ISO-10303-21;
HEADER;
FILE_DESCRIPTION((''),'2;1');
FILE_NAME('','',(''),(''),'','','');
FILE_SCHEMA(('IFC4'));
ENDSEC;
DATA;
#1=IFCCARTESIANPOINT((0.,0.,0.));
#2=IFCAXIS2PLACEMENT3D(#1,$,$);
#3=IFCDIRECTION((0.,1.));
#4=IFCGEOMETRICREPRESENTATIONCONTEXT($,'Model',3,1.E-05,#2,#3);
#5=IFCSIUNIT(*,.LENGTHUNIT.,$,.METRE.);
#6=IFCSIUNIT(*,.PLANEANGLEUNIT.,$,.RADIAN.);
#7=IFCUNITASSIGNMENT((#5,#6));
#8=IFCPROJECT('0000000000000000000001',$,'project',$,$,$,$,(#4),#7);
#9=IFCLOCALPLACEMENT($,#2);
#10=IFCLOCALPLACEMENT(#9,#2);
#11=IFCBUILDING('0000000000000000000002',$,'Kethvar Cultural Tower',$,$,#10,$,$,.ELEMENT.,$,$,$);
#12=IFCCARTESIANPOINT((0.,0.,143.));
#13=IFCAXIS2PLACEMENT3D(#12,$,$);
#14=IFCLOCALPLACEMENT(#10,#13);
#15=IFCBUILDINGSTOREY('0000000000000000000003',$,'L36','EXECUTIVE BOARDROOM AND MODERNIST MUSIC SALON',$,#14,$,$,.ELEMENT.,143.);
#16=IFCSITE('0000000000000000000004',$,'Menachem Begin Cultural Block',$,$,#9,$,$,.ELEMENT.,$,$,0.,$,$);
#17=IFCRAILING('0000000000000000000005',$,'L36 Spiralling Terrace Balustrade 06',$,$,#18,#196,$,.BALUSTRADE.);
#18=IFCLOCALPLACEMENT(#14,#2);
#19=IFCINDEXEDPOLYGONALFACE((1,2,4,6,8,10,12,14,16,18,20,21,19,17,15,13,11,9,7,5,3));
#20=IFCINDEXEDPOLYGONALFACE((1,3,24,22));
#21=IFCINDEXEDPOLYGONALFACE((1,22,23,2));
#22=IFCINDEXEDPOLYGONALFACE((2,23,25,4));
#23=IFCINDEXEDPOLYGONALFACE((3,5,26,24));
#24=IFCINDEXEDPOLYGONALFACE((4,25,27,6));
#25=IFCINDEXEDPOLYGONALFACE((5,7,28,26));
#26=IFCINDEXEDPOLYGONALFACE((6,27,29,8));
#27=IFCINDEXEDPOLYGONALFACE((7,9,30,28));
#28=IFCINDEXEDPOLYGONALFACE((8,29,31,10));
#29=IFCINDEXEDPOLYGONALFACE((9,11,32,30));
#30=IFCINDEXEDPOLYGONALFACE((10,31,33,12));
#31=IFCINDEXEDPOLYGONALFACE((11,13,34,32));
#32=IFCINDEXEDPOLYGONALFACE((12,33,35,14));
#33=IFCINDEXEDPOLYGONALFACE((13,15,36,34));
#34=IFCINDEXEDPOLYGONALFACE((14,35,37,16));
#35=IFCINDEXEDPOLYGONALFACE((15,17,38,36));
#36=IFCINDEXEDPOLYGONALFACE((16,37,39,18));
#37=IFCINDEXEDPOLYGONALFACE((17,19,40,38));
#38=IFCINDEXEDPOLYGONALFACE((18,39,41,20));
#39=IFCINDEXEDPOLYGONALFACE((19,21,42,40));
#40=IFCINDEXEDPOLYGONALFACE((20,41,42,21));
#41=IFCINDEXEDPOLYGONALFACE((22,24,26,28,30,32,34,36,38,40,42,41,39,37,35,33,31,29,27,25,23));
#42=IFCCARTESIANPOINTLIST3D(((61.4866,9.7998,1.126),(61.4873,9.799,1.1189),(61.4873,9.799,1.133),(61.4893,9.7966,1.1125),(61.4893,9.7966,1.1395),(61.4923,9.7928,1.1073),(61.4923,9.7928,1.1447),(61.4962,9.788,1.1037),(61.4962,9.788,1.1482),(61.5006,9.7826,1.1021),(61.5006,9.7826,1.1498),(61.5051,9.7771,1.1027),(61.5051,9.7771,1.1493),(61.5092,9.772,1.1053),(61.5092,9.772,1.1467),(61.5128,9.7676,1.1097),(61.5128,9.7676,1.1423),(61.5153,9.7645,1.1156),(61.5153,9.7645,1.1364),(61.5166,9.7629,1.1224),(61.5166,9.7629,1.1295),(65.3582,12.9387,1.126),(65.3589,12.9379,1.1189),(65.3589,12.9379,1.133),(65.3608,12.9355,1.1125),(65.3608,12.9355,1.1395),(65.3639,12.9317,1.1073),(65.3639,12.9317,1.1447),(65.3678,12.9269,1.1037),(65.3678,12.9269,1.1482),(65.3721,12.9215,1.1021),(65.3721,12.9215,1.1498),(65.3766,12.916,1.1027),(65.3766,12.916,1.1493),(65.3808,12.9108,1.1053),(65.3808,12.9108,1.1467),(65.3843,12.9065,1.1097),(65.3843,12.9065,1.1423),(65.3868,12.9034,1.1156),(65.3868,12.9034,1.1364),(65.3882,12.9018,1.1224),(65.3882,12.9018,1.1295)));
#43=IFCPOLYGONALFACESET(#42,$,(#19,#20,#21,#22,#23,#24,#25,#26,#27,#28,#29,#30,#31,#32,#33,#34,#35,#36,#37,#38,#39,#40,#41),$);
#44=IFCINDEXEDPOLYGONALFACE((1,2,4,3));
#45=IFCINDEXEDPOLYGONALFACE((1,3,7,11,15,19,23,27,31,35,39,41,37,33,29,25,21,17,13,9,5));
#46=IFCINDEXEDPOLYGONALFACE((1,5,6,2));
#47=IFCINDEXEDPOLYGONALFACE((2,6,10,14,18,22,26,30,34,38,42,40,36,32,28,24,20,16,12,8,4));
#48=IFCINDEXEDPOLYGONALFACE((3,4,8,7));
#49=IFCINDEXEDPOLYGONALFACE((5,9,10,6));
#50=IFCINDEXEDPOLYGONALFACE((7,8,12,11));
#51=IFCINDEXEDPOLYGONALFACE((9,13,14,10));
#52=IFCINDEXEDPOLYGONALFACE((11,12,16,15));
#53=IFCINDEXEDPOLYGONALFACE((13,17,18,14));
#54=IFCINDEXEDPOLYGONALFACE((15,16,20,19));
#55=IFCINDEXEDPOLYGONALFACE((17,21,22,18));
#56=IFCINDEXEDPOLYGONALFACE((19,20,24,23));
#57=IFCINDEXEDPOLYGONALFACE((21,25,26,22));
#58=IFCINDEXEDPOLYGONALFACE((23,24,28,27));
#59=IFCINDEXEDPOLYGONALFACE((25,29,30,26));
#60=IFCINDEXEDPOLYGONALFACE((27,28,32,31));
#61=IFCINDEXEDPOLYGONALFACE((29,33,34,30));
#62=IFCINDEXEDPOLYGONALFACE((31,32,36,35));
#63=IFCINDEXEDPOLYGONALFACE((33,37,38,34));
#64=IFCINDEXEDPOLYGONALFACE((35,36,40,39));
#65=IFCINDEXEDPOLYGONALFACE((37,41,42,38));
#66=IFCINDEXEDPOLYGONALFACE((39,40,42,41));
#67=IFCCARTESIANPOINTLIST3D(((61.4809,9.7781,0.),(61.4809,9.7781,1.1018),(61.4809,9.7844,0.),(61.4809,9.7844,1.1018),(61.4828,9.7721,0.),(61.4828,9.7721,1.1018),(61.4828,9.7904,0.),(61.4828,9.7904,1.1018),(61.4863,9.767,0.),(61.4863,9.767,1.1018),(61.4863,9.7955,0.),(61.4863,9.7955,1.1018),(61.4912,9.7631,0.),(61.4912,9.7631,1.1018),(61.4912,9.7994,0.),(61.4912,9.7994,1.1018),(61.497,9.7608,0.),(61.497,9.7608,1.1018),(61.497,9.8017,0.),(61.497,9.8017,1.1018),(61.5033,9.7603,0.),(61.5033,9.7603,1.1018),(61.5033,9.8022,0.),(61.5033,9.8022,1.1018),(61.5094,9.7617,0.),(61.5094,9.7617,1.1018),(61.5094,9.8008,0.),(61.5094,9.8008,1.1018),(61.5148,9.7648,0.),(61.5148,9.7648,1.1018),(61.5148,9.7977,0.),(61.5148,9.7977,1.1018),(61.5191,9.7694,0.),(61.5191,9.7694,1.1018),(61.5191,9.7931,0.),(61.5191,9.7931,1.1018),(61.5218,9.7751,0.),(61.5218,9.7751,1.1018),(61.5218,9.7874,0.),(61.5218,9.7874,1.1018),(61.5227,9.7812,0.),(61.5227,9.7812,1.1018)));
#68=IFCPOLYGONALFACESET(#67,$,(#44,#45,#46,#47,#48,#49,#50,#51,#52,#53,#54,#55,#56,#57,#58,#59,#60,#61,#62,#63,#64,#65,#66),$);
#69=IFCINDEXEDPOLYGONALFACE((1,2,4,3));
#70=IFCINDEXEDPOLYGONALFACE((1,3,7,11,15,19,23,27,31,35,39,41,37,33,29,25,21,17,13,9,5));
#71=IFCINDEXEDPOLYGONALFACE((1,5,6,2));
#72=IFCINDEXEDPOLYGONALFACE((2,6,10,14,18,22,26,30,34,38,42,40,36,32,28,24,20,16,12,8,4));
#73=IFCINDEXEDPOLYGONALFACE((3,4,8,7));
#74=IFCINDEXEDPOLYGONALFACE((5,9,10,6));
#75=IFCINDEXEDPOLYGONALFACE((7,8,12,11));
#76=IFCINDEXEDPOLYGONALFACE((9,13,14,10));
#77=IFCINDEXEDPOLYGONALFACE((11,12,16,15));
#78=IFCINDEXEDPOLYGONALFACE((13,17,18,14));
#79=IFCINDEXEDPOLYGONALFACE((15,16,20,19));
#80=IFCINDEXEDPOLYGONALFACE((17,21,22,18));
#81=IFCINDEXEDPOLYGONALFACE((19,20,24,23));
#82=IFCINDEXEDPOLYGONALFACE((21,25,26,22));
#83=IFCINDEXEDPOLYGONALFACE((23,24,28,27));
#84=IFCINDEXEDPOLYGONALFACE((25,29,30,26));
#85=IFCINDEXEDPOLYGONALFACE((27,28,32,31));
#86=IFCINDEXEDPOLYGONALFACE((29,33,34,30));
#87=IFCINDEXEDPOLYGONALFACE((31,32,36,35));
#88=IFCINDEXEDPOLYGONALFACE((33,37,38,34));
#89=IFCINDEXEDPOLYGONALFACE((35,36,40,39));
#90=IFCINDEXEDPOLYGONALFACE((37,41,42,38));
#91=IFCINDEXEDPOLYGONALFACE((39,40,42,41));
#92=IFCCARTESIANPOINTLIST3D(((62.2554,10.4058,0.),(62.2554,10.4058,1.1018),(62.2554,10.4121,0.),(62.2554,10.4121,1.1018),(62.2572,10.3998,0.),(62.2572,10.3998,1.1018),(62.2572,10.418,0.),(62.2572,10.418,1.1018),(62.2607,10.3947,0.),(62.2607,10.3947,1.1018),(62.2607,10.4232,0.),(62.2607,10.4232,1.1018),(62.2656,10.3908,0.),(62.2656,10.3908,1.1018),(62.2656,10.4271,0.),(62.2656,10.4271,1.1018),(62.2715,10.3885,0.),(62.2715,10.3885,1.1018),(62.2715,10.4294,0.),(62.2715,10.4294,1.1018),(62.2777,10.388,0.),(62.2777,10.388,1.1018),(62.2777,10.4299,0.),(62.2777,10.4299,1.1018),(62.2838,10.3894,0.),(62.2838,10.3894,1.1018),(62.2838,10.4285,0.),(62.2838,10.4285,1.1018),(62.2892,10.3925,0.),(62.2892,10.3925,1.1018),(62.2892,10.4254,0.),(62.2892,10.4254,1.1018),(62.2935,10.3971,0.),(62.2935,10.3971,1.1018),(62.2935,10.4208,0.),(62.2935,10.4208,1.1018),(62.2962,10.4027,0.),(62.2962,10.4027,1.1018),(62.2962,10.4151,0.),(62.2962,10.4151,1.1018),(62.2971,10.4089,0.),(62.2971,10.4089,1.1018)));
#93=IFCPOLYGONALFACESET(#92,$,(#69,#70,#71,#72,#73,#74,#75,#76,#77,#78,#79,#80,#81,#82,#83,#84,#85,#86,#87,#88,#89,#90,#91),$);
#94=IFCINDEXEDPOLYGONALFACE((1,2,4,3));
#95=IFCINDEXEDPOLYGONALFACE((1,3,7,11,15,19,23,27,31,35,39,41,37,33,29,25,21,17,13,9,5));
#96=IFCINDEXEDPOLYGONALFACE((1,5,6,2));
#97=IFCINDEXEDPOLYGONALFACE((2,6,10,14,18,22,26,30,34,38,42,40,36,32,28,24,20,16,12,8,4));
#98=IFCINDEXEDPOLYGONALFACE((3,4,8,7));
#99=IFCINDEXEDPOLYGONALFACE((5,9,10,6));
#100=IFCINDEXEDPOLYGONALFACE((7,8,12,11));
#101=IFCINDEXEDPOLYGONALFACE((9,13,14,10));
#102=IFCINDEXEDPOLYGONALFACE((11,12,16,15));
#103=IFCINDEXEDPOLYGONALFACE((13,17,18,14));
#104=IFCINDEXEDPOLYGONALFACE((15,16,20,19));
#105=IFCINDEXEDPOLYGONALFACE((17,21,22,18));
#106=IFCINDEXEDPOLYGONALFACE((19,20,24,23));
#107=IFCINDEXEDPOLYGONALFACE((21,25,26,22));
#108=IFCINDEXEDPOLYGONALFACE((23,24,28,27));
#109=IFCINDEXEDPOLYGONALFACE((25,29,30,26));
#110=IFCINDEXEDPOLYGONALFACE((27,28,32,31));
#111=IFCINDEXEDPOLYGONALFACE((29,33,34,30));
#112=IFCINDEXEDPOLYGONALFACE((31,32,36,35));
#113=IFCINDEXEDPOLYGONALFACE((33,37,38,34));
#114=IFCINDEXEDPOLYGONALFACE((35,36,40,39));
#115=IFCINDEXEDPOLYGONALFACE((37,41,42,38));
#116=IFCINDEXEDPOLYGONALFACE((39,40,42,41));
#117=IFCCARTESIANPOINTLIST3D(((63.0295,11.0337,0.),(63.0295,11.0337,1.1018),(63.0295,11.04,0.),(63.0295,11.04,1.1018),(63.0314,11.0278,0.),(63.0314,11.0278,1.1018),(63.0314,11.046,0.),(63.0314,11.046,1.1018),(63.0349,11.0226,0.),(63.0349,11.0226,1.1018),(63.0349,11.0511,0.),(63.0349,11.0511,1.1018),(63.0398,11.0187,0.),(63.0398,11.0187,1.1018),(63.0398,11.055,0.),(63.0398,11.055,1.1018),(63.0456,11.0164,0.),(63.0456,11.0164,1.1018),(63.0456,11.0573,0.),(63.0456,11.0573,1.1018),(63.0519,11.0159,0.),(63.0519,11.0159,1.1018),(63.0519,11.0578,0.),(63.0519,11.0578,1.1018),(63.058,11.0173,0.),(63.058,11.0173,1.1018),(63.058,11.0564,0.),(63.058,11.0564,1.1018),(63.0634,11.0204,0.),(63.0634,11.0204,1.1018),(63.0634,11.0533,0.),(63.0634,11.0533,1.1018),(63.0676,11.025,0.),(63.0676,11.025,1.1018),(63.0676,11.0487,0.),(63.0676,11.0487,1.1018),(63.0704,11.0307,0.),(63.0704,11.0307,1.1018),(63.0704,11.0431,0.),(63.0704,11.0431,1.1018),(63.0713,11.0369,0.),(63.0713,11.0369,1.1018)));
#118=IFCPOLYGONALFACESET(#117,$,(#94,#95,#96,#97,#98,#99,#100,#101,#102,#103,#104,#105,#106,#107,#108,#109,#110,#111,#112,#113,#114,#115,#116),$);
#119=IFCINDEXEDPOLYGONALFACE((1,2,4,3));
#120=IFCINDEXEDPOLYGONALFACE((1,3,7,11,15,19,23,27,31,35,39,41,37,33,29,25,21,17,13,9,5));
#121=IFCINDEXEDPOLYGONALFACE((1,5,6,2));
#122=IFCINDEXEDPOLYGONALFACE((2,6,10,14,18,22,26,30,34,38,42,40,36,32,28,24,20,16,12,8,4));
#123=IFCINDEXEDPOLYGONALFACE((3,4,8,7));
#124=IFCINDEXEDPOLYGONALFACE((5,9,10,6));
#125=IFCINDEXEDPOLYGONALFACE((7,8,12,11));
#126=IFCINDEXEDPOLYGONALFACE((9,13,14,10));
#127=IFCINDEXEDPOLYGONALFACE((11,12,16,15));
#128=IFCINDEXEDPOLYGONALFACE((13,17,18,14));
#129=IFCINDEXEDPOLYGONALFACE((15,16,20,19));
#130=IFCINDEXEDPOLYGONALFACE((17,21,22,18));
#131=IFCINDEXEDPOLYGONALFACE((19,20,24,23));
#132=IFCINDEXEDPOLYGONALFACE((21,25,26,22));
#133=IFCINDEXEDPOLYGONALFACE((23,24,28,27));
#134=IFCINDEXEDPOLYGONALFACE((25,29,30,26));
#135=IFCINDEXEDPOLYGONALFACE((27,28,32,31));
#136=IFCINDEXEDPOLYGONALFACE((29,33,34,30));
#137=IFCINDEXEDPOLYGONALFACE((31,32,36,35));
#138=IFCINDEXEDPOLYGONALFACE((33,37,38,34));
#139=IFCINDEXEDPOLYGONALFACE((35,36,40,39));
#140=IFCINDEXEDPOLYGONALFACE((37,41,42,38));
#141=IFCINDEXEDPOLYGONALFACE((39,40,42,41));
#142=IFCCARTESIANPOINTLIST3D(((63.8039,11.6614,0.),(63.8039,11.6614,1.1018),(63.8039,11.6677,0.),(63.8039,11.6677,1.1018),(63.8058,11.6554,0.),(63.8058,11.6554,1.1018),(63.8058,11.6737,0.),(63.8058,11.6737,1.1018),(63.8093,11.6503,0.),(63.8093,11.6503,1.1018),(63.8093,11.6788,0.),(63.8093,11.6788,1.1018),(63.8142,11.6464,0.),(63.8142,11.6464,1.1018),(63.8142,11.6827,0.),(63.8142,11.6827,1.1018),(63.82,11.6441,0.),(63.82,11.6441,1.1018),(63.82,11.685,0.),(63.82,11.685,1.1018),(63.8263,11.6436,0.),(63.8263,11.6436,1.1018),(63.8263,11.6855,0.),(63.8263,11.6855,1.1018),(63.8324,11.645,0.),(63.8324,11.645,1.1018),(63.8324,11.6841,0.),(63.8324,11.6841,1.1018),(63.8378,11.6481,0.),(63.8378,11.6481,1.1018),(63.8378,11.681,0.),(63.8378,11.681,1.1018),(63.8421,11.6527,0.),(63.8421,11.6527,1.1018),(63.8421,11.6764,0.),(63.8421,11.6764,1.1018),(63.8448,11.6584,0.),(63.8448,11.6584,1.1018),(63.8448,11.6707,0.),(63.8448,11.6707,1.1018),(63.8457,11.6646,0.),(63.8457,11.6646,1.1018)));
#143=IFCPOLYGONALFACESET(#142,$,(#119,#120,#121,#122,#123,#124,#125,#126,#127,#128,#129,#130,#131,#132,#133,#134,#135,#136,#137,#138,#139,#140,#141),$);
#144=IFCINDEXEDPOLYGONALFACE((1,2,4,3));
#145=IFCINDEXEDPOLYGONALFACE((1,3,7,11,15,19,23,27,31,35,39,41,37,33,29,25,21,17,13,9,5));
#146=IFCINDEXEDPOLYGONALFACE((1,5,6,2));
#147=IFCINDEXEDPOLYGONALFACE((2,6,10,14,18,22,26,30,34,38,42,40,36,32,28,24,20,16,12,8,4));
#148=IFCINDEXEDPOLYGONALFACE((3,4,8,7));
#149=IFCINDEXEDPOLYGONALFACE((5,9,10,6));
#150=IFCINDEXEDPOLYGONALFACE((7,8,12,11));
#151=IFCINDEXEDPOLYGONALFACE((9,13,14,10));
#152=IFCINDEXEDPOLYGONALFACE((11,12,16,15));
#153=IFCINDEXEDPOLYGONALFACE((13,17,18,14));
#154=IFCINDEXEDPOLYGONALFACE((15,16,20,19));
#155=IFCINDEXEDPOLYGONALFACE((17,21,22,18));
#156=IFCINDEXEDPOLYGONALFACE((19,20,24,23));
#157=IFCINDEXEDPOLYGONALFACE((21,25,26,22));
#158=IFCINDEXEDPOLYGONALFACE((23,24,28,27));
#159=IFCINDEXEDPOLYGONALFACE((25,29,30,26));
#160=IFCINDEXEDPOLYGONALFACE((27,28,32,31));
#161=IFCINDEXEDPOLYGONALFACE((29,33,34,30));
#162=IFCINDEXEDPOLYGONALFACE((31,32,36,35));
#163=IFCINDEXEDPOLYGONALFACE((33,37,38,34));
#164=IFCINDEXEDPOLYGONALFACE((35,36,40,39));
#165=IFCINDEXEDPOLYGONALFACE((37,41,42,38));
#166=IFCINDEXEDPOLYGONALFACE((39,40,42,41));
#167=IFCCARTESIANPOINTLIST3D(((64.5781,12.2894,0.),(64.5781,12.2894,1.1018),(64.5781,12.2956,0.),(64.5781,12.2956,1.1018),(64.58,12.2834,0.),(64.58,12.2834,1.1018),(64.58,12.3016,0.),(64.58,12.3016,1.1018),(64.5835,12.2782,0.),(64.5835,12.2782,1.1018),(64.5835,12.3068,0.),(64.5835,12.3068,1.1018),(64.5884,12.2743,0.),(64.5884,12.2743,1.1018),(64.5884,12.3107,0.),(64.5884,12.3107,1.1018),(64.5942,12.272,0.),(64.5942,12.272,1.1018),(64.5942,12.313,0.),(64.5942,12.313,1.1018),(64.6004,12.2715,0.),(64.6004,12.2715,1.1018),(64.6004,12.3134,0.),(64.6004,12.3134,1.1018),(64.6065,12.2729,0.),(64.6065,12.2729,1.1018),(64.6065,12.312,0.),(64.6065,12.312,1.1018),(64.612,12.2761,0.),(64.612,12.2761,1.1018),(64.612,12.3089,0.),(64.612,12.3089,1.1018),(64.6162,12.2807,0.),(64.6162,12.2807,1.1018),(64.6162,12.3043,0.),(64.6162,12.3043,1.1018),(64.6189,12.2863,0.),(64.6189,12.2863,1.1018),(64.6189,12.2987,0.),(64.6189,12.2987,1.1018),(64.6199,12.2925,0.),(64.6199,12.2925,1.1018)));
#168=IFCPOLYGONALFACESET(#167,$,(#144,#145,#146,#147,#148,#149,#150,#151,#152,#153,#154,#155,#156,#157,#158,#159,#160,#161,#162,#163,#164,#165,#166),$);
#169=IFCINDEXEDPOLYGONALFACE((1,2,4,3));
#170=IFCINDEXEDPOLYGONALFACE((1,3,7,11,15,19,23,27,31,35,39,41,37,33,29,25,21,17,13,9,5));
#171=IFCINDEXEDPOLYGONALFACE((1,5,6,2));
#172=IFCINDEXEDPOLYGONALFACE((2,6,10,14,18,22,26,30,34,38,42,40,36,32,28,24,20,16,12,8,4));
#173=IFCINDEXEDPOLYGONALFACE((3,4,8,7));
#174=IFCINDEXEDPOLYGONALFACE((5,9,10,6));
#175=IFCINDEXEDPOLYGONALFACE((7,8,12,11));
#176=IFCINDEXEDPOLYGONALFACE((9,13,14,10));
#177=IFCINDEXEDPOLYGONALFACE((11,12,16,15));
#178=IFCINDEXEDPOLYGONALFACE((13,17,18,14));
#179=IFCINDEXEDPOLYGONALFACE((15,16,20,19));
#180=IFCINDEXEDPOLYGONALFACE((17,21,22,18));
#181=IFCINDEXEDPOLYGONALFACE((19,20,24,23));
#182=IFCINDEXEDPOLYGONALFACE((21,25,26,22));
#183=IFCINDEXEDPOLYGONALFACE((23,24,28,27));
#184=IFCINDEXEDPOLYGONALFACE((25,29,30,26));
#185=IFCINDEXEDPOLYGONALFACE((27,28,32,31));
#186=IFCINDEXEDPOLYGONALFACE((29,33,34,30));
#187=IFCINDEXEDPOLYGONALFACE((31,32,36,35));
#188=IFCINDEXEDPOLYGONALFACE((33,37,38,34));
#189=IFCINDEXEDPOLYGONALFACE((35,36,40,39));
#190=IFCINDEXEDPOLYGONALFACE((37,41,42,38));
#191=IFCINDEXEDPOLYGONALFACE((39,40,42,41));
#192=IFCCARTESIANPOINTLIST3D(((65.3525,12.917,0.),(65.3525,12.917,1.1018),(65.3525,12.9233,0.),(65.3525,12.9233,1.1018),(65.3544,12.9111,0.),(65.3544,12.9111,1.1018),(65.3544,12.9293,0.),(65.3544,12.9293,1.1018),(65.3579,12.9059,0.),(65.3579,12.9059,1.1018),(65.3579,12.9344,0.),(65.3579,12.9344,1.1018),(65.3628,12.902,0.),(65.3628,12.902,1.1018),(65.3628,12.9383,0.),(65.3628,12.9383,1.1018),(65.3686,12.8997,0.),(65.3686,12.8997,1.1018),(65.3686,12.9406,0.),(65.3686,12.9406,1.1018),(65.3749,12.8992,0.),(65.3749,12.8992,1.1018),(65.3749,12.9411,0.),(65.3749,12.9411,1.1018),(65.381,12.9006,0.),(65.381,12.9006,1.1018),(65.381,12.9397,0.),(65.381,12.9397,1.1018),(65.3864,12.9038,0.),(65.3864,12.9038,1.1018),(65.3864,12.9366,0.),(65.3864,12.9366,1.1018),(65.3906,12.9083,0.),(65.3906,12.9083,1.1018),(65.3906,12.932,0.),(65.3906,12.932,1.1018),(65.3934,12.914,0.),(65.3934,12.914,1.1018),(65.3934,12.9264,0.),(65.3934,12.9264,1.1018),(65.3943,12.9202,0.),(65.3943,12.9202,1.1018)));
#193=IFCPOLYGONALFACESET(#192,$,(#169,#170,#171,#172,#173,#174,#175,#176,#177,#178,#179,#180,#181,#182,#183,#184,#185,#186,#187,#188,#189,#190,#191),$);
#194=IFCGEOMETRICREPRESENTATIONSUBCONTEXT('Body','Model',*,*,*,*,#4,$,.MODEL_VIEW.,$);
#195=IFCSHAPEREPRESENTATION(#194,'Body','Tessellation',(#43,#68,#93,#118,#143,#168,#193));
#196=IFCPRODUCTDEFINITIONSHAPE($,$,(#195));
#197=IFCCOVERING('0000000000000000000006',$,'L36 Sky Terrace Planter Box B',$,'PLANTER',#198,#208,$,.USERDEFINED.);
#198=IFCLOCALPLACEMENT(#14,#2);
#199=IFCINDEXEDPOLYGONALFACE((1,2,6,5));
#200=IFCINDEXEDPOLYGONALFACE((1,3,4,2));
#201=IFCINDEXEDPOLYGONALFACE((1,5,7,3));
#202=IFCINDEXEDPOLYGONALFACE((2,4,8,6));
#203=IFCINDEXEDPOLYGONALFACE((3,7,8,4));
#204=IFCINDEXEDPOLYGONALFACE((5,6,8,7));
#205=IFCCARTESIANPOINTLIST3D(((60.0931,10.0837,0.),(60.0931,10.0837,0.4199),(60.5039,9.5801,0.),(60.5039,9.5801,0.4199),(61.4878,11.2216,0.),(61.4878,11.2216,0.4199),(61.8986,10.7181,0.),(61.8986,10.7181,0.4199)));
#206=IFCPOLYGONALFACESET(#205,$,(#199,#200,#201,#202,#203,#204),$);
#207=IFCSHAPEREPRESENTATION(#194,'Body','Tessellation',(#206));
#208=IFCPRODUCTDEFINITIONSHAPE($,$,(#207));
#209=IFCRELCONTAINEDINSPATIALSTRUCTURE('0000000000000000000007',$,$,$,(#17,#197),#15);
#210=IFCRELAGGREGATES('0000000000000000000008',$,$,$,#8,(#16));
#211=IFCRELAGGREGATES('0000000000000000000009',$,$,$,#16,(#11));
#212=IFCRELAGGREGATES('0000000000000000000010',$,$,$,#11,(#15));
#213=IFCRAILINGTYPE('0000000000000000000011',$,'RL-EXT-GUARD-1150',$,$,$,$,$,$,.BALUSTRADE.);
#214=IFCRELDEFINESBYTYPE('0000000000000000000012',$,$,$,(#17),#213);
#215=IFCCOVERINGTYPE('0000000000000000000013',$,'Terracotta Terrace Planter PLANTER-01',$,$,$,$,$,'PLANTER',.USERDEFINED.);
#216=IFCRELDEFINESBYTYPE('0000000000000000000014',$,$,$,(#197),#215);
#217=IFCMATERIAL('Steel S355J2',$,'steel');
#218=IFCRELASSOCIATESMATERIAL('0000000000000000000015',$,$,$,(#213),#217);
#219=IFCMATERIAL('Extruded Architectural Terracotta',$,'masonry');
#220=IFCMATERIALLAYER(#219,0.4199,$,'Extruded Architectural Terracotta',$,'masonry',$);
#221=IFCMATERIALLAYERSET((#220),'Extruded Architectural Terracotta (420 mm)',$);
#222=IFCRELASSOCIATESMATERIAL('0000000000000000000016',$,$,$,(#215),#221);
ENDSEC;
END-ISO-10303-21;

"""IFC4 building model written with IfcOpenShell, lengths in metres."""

from ifc_helpers import new_model, si_unit, direction, frame, origin, origin_2d, place, context, subcontext, project, spatial, rectangle, circle, extrude, source, transform, mapped, material, layer, layer_set, type_object, element, save


model = new_model("IFC4")

# Units and contexts
model_context = context("Model", 3, precision=1e-05, world=origin(), true_north=direction((0.0, 1.0)))
body_context = subcontext(model_context, "Body", "Model", "MODEL_VIEW")
ifc_project = project(units=[si_unit("LENGTHUNIT", "METRE"), si_unit("PLANEANGLEUNIT", "RADIAN")], contexts=[model_context])

# Site, building, storey
site_placement = place(None, origin())
site = spatial("IfcSite", under=ifc_project, at=site_placement, Name="Menachem Begin Cultural Block", CompositionType="ELEMENT", RefElevation=0.0)
building_placement = place(site_placement, origin())
building = spatial("IfcBuilding", under=site, at=building_placement, Name="Kethvar Cultural Tower", CompositionType="ELEMENT")
storey_placement = place(building_placement, frame((0.0, 0.0, 143.0)))
storey = spatial("IfcBuildingStorey", under=building, at=storey_placement, Name="L36", Description="EXECUTIVE BOARDROOM AND MODERNIST MUSIC SALON", CompositionType="ELEMENT", Elevation=143.0)

# Shared definitions
ifc_material_1 = material(Name="Steel S355J2", Category="steel")

# Railing
railing_type = type_object("IfcRailingType", Name="RL-EXT-GUARD-1150", PredefinedType="BALUSTRADE", material=ifc_material_1)
railing_1_placement = place(storey_placement, frame((61.5017, 9.7812, 0.0)))
element("IfcRailing", 1, at=railing_1_placement, inside=storey, type_object=railing_type, Name="L36 Spiralling Terrace Balustrade 06", PredefinedType="BALUSTRADE", context=body_context, shape_type="SweptSolid", body=[
    extrude(circle(Radius=0.0239, at=origin_2d()), frame((0.0, 0.0, 1.126), z_axis=(0.776776, 0.629777, 0.0), x_axis=(-0.629777, 0.776776, 0.0)), (0.0, 0.0, 1.0), 4.9841),
    extrude(circle(Radius=0.021, at=origin_2d()), origin(), (0.0, 0.0, 1.0), 1.1018),
    extrude(circle(Radius=0.021, at=origin_2d()), frame((0.7744, 0.6277, 0.0)), (0.0, 0.0, 1.0), 1.1018),
    extrude(circle(Radius=0.021, at=origin_2d()), frame((1.5486, 1.2556, 0.0)), (0.0, 0.0, 1.0), 1.1018),
    extrude(circle(Radius=0.021, at=origin_2d()), frame((2.323, 1.8833, 0.0)), (0.0, 0.0, 1.0), 1.1018),
    extrude(circle(Radius=0.021, at=origin_2d()), frame((3.0972, 2.5112, 0.0)), (0.0, 0.0, 1.0), 1.1018),
    extrude(circle(Radius=0.021, at=origin_2d()), frame((3.8716, 3.1389, 0.0)), (0.0, 0.0, 1.0), 1.1018),
])

# Covering
ifc_material_2 = material(Name="Extruded Architectural Terracotta", Category="masonry")
ifc_layer_1 = layer(ifc_material_2, 0.4199, Name="Extruded Architectural Terracotta", Category="masonry")
ifc_layer_set_1 = layer_set([ifc_layer_1], Name="Extruded Architectural Terracotta (420 mm)")
covering_type_1 = type_object("IfcCoveringType", Name="Terracotta Terrace Planter PLANTER-01", ElementType="PLANTER", PredefinedType="USERDEFINED", material=ifc_layer_set_1)
shared_shape_1 = source(origin(), body_context, "Body", "SweptSolid", [
    extrude(rectangle(XDim=1.8, YDim=0.6499, at=origin_2d()), origin(), (0.0, 0.0, 1.0), 0.4199),
])
covering_placement = place(storey_placement, frame((60.9958, 10.4009, 0.0), z_axis=(0.0, 0.0, 1.0), x_axis=(0.774834, 0.632165, 0.0)))
element("IfcCovering", 2, at=covering_placement, inside=storey, type_object=covering_type_1, Name="L36 Sky Terrace Planter Box B", ObjectType="PLANTER", PredefinedType="USERDEFINED", context=body_context, shape_type="MappedRepresentation", body=[
    mapped(shared_shape_1, transform((0.0, 0.0, 0.0), scale=1.0)),
])

save(model, "model.ifc")
